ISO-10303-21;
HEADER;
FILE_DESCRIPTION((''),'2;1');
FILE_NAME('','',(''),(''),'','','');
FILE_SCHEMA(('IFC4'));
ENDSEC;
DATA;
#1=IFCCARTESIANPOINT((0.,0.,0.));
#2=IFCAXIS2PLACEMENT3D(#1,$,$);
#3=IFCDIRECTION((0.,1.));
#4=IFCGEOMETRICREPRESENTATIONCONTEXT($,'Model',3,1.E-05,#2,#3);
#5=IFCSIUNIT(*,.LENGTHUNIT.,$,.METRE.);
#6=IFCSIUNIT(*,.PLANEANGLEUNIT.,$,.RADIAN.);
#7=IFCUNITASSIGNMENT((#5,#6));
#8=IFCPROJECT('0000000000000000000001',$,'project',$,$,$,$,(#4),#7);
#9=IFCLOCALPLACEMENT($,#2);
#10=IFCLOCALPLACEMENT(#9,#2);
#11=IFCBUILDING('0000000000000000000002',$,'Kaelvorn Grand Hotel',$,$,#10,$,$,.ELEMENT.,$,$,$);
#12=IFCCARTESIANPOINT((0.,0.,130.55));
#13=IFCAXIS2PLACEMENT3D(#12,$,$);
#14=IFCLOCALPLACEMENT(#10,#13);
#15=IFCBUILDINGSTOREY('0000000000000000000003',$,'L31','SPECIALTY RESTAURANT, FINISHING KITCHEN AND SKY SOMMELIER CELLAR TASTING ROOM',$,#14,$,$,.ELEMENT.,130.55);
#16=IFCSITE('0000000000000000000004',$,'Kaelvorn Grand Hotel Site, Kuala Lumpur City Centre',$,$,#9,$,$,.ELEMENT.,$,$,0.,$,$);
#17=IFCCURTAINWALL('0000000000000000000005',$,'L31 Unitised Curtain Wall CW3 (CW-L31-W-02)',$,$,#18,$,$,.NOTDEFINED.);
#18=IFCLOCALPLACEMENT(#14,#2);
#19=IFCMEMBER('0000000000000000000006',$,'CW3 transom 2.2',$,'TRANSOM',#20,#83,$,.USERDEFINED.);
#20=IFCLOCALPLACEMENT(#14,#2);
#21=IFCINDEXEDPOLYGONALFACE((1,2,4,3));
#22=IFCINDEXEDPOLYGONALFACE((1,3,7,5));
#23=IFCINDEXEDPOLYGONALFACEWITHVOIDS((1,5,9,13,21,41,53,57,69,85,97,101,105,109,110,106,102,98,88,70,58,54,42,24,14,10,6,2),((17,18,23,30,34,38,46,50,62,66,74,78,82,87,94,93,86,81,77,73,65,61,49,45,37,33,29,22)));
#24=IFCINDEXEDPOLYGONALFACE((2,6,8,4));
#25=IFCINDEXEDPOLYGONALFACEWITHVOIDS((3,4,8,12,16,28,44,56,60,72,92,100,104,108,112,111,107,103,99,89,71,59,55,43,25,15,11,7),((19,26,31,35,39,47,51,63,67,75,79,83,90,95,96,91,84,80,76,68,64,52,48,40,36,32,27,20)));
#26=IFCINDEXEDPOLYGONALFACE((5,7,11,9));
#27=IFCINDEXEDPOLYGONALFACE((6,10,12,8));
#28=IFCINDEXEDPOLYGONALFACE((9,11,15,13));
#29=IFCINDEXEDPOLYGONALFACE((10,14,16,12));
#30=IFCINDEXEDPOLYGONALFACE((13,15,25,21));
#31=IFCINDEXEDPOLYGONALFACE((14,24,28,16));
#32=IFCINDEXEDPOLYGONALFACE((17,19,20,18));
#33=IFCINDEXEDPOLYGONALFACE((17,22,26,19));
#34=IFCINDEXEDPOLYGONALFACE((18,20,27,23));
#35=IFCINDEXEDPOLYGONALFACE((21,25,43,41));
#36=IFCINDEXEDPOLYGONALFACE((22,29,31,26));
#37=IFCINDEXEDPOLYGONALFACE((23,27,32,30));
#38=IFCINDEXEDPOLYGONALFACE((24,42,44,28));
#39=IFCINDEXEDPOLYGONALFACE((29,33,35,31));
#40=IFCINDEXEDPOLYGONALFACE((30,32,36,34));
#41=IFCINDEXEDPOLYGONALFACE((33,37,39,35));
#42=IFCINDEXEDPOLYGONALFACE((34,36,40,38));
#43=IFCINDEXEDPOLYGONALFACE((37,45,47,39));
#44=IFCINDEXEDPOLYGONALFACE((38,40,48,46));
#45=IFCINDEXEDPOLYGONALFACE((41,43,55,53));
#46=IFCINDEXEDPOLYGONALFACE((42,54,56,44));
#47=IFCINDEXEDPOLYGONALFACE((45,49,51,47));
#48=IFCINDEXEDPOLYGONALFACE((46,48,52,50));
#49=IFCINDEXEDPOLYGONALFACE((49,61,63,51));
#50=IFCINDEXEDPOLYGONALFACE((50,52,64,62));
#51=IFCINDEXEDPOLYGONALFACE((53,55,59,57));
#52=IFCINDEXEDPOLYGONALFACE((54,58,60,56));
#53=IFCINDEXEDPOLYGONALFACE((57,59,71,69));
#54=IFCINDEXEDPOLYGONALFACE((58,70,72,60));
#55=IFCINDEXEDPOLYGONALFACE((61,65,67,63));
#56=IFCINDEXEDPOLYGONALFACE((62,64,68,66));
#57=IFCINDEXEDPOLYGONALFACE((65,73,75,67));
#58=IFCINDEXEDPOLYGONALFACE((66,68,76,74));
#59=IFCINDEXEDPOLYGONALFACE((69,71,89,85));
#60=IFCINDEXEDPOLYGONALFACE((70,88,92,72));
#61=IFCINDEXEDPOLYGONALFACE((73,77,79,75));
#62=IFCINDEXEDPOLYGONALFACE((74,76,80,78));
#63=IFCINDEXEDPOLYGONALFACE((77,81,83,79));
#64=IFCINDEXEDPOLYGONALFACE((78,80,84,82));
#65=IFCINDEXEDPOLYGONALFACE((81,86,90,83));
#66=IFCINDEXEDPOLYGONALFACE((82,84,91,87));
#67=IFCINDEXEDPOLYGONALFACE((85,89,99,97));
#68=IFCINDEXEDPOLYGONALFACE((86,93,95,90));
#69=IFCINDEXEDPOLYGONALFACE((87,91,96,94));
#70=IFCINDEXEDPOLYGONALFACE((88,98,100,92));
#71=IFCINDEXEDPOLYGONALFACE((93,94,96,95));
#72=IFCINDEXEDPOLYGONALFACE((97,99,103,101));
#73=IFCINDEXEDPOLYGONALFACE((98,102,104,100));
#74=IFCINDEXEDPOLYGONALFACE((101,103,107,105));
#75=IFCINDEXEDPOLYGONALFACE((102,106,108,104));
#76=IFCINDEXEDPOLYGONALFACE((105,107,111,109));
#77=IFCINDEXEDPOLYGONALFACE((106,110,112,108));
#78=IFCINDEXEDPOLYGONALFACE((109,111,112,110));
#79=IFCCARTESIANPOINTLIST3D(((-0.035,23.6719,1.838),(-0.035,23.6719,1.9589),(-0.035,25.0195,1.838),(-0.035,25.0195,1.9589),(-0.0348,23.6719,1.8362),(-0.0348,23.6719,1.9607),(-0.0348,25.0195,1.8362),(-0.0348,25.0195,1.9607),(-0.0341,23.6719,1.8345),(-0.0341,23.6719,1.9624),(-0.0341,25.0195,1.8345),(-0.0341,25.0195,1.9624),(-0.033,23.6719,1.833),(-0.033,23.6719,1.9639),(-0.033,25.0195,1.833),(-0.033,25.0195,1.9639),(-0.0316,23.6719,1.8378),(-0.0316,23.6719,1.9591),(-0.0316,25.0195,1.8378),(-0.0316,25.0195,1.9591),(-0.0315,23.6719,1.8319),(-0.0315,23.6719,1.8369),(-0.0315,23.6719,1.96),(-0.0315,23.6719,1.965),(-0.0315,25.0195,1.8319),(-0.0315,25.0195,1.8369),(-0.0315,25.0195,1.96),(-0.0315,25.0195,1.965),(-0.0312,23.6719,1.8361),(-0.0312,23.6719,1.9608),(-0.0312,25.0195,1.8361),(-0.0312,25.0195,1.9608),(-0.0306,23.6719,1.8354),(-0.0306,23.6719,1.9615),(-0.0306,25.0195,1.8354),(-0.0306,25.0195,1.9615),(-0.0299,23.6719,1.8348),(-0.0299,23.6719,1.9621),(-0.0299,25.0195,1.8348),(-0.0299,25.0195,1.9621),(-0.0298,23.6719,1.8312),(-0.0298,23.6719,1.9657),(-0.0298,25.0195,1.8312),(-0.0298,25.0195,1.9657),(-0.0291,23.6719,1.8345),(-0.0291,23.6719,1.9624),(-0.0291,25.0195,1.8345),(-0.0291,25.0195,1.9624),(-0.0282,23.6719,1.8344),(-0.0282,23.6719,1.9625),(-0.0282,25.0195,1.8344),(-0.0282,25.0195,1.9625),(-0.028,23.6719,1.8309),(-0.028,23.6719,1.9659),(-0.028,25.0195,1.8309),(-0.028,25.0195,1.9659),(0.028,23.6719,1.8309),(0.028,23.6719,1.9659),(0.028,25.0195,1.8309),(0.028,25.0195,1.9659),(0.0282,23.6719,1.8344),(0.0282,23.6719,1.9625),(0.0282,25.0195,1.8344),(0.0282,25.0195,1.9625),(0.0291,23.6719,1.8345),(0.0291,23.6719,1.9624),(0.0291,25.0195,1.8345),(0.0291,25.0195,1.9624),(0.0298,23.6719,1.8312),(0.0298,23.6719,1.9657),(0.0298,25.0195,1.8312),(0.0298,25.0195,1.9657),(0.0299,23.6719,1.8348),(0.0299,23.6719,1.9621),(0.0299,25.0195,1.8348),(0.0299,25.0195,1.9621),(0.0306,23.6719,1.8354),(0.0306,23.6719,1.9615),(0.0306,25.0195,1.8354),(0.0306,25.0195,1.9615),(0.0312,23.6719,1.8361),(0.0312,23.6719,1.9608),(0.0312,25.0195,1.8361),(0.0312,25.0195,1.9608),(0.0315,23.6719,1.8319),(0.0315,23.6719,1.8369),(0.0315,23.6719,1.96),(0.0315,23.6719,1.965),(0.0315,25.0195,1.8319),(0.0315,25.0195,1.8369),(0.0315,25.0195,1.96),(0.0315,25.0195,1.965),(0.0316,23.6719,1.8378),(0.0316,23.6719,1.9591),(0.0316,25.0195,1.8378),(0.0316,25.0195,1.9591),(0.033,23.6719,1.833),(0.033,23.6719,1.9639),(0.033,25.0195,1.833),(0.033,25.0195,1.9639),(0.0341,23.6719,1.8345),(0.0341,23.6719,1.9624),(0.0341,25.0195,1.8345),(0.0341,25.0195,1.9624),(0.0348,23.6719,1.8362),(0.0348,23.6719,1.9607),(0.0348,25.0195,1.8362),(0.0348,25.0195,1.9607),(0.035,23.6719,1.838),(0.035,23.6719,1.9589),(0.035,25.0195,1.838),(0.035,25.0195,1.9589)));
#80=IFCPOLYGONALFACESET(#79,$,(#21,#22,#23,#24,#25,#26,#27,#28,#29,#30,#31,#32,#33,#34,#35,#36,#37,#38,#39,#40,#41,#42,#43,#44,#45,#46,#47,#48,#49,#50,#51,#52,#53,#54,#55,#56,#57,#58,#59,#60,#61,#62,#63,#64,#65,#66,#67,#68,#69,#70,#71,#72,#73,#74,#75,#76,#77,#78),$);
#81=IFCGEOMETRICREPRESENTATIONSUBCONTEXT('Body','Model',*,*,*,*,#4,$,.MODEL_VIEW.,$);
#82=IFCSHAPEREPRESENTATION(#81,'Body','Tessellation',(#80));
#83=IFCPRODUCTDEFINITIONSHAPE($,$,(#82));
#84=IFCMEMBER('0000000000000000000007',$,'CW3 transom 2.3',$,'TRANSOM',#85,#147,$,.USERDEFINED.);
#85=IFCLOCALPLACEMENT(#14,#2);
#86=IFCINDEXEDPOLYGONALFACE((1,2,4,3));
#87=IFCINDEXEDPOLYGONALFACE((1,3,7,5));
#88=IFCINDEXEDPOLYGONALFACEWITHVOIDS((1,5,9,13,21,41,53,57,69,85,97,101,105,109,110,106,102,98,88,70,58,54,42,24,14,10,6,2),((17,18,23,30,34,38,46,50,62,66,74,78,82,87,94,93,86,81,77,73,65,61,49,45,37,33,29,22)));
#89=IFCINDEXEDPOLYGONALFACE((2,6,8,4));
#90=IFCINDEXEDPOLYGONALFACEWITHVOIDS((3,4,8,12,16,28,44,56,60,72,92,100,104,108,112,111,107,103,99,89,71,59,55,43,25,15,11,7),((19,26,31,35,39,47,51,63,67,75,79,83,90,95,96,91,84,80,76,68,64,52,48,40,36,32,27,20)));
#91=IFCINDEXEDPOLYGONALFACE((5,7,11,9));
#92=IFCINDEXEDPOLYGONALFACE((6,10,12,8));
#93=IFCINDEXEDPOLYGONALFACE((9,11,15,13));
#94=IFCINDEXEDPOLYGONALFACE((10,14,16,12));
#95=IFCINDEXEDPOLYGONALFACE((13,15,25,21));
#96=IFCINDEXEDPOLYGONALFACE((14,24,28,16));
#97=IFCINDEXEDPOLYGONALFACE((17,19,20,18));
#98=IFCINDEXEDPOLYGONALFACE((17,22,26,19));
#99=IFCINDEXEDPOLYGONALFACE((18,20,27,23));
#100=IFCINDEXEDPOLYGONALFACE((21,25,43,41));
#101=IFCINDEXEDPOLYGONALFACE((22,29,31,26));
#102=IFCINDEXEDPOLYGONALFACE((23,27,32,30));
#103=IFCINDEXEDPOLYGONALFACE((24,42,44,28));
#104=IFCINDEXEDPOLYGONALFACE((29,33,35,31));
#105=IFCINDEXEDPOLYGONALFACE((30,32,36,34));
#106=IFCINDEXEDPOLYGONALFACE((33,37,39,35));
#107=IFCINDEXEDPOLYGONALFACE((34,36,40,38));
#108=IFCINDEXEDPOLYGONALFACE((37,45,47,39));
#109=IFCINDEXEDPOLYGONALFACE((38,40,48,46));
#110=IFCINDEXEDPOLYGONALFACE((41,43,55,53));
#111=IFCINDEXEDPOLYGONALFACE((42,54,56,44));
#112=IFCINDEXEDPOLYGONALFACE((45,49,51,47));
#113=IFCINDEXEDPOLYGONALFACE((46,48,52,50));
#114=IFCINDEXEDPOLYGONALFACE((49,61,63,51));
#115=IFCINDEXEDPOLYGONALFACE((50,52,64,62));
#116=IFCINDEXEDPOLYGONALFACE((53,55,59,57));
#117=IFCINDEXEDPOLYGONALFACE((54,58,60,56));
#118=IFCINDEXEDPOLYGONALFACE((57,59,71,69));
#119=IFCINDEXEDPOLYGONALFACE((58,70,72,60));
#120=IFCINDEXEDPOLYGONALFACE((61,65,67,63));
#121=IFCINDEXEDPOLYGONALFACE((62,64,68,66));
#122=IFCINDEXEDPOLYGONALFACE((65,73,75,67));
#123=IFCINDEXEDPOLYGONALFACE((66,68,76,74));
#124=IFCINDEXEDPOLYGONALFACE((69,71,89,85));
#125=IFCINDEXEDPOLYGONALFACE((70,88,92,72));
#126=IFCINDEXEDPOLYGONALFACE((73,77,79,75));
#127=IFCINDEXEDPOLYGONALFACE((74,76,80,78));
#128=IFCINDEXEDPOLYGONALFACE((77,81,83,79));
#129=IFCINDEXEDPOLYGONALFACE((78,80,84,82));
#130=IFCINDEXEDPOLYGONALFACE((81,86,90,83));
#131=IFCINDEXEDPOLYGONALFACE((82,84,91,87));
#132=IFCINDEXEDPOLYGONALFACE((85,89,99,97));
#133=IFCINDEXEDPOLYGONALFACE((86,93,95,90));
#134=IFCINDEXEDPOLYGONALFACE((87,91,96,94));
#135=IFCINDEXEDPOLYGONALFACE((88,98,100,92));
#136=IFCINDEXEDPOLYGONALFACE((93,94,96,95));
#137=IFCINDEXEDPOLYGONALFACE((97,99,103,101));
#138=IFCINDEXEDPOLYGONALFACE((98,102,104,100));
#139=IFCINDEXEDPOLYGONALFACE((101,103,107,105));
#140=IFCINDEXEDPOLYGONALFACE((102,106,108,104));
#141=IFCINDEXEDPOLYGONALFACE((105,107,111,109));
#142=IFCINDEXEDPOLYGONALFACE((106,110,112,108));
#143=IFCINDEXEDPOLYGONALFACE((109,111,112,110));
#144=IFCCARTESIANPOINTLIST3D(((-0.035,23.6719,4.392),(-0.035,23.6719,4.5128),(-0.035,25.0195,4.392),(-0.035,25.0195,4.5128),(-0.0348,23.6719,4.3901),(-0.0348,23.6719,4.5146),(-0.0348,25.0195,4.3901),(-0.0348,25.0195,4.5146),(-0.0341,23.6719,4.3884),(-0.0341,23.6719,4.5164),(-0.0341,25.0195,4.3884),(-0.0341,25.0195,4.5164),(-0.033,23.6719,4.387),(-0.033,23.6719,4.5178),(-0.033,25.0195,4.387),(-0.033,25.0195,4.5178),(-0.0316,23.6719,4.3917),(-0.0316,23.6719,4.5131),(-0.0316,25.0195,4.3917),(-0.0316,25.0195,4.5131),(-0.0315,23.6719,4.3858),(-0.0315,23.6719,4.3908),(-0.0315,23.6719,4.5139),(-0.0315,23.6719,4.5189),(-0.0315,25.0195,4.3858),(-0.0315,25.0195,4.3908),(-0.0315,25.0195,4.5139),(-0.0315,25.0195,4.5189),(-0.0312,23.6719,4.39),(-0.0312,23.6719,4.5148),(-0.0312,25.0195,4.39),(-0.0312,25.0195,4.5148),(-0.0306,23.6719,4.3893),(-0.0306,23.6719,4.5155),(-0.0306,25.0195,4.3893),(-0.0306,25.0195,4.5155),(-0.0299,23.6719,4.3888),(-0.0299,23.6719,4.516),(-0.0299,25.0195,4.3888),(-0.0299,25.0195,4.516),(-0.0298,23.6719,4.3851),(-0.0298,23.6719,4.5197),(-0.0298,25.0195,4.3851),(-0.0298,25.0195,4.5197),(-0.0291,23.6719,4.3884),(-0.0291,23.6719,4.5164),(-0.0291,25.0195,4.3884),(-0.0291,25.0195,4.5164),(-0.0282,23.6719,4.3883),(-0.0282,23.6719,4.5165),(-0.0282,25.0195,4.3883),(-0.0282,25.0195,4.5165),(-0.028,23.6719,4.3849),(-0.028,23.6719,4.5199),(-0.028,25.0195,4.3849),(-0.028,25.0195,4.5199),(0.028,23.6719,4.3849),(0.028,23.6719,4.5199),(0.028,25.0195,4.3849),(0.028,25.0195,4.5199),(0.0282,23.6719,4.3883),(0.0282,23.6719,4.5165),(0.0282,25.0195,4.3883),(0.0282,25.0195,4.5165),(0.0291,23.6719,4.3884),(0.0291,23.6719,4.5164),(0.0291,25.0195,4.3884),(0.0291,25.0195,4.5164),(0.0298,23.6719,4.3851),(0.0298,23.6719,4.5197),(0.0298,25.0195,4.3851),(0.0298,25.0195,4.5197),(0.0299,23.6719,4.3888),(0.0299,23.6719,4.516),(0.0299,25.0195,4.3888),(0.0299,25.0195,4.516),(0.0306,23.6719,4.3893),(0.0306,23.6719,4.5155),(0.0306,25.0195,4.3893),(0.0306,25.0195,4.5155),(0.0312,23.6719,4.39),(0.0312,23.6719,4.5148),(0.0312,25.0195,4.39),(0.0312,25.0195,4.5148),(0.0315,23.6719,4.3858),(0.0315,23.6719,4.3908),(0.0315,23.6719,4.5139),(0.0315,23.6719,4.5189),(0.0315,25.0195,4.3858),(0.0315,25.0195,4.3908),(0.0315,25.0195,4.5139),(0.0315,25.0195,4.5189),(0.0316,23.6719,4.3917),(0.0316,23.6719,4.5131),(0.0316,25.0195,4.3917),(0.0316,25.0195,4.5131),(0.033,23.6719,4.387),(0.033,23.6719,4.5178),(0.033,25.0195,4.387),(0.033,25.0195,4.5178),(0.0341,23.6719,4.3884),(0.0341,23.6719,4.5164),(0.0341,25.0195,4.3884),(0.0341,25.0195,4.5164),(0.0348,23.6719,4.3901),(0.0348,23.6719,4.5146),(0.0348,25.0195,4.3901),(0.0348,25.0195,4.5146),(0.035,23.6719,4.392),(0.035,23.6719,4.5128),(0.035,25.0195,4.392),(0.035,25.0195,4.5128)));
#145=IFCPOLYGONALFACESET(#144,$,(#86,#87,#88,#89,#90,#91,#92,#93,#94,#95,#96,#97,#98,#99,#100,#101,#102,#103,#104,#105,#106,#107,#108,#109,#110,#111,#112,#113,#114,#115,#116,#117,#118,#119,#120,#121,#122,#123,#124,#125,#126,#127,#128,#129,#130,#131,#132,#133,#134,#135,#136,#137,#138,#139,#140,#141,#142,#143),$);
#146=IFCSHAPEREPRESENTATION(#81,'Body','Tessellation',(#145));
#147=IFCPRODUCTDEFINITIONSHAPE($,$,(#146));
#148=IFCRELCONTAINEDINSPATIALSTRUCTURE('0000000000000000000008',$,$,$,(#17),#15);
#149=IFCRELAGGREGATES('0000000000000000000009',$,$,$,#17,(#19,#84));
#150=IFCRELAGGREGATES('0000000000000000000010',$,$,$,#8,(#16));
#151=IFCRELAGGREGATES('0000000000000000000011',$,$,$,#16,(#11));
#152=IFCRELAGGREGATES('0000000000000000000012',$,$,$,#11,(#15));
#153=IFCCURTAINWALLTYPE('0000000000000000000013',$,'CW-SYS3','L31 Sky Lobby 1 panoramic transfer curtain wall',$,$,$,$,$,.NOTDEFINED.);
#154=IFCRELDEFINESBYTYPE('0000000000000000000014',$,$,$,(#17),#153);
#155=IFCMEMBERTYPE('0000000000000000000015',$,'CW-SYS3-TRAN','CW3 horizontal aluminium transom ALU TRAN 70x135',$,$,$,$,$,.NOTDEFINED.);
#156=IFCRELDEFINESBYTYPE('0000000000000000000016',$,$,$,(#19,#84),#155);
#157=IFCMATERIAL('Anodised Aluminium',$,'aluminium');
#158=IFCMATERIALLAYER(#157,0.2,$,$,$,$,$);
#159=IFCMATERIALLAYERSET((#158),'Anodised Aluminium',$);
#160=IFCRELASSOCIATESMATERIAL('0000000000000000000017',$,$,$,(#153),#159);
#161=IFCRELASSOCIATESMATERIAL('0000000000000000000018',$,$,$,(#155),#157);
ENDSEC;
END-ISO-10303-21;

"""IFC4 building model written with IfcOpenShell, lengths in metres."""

from ifc_helpers import new_model, si_unit, direction, frame, origin, origin_2d, place, context, subcontext, project, spatial, hollow_rectangle, extrude, material, layer, layer_set, material_profile, profile_set, type_object, element, aggregate, save


model = new_model("IFC4")

# Units and contexts
model_context = context("Model", 3, precision=1e-05, world=origin(), true_north=direction((0.0, 1.0)))
body_context = subcontext(model_context, "Body", "Model", "MODEL_VIEW")
ifc_project = project(units=[si_unit("LENGTHUNIT", "METRE"), si_unit("PLANEANGLEUNIT", "RADIAN")], contexts=[model_context])

# Site, building, storey
site_placement = place(None, origin())
site = spatial("IfcSite", under=ifc_project, at=site_placement, Name="Kaelvorn Grand Hotel Site, Kuala Lumpur City Centre", CompositionType="ELEMENT", RefElevation=0.0)
building_placement = place(site_placement, origin())
building = spatial("IfcBuilding", under=site, at=building_placement, Name="Kaelvorn Grand Hotel", CompositionType="ELEMENT")
storey_placement = place(building_placement, frame((0.0, 0.0, 130.55)))
storey = spatial("IfcBuildingStorey", under=building, at=storey_placement, Name="L31", Description="SPECIALTY RESTAURANT, FINISHING KITCHEN AND SKY SOMMELIER CELLAR TASTING ROOM", CompositionType="ELEMENT", Elevation=130.55)

# Curtain wall, members
ifc_material_1 = material(Name="Anodised Aluminium", Category="aluminium")
ifc_layer_1 = layer(ifc_material_1, 0.2)
ifc_layer_set_1 = layer_set([ifc_layer_1], Name="Anodised Aluminium")
curtain_wall_type = type_object("IfcCurtainWallType", Name="CW-SYS3", Description="L31 Sky Lobby 1 panoramic transfer curtain wall", PredefinedType="NOTDEFINED", material=ifc_layer_set_1)
curtain_wall_placement = place(storey_placement, origin())
curtain_wall = element("IfcCurtainWall", 1, at=curtain_wall_placement, inside=storey, type_object=curtain_wall_type, Name="L31 Unitised Curtain Wall CW3 (CW-L31-W-02)", PredefinedType="NOTDEFINED")
ifc_material_profile_1 = material_profile(ifc_material_1, hollow_rectangle(XDim=0.0701, YDim=0.135, WallThickness=0.0034, InnerFilletRadius=0.0034, OuterFilletRadius=0.0071, at=origin_2d()), Name="ALU TRAN 70x135")
ifc_profile_set_1 = profile_set([ifc_material_profile_1], Name="Anodised Aluminium")
member_type_1 = type_object("IfcMemberType", Name="CW-SYS3-TRAN", Description="CW3 horizontal aluminium transom ALU TRAN 70x135", PredefinedType="NOTDEFINED", material=ifc_profile_set_1)
member_1_placement = place(storey_placement, frame((0.0, 25.0195, 1.8984), z_axis=(0.0, -1.0, 0.0), x_axis=(1.0, 0.0, 0.0)))
member_1 = element("IfcMember", 2, at=member_1_placement, type_object=member_type_1, Name="CW3 transom 2.2", ObjectType="TRANSOM", PredefinedType="USERDEFINED", context=body_context, shape_type="SweptSolid", body=[
    extrude(hollow_rectangle(XDim=0.0701, YDim=0.135, WallThickness=0.0034, InnerFilletRadius=0.0034, OuterFilletRadius=0.0071, at=origin_2d()), origin(), (0.0, 0.0, 1.0), 1.3477),
])
member_2_placement = place(storey_placement, frame((0.0, 25.0195, 4.4524), z_axis=(0.0, -1.0, 0.0), x_axis=(1.0, 0.0, 0.0)))
member_2 = element("IfcMember", 3, at=member_2_placement, type_object=member_type_1, Name="CW3 transom 2.3", ObjectType="TRANSOM", PredefinedType="USERDEFINED", context=body_context, shape_type="SweptSolid", body=[
    extrude(hollow_rectangle(XDim=0.0701, YDim=0.135, WallThickness=0.0034, InnerFilletRadius=0.0034, OuterFilletRadius=0.0071, at=origin_2d()), origin(), (0.0, 0.0, 1.0), 1.3477),
])
aggregate(curtain_wall, [member_1, member_2])

save(model, "model.ifc")
